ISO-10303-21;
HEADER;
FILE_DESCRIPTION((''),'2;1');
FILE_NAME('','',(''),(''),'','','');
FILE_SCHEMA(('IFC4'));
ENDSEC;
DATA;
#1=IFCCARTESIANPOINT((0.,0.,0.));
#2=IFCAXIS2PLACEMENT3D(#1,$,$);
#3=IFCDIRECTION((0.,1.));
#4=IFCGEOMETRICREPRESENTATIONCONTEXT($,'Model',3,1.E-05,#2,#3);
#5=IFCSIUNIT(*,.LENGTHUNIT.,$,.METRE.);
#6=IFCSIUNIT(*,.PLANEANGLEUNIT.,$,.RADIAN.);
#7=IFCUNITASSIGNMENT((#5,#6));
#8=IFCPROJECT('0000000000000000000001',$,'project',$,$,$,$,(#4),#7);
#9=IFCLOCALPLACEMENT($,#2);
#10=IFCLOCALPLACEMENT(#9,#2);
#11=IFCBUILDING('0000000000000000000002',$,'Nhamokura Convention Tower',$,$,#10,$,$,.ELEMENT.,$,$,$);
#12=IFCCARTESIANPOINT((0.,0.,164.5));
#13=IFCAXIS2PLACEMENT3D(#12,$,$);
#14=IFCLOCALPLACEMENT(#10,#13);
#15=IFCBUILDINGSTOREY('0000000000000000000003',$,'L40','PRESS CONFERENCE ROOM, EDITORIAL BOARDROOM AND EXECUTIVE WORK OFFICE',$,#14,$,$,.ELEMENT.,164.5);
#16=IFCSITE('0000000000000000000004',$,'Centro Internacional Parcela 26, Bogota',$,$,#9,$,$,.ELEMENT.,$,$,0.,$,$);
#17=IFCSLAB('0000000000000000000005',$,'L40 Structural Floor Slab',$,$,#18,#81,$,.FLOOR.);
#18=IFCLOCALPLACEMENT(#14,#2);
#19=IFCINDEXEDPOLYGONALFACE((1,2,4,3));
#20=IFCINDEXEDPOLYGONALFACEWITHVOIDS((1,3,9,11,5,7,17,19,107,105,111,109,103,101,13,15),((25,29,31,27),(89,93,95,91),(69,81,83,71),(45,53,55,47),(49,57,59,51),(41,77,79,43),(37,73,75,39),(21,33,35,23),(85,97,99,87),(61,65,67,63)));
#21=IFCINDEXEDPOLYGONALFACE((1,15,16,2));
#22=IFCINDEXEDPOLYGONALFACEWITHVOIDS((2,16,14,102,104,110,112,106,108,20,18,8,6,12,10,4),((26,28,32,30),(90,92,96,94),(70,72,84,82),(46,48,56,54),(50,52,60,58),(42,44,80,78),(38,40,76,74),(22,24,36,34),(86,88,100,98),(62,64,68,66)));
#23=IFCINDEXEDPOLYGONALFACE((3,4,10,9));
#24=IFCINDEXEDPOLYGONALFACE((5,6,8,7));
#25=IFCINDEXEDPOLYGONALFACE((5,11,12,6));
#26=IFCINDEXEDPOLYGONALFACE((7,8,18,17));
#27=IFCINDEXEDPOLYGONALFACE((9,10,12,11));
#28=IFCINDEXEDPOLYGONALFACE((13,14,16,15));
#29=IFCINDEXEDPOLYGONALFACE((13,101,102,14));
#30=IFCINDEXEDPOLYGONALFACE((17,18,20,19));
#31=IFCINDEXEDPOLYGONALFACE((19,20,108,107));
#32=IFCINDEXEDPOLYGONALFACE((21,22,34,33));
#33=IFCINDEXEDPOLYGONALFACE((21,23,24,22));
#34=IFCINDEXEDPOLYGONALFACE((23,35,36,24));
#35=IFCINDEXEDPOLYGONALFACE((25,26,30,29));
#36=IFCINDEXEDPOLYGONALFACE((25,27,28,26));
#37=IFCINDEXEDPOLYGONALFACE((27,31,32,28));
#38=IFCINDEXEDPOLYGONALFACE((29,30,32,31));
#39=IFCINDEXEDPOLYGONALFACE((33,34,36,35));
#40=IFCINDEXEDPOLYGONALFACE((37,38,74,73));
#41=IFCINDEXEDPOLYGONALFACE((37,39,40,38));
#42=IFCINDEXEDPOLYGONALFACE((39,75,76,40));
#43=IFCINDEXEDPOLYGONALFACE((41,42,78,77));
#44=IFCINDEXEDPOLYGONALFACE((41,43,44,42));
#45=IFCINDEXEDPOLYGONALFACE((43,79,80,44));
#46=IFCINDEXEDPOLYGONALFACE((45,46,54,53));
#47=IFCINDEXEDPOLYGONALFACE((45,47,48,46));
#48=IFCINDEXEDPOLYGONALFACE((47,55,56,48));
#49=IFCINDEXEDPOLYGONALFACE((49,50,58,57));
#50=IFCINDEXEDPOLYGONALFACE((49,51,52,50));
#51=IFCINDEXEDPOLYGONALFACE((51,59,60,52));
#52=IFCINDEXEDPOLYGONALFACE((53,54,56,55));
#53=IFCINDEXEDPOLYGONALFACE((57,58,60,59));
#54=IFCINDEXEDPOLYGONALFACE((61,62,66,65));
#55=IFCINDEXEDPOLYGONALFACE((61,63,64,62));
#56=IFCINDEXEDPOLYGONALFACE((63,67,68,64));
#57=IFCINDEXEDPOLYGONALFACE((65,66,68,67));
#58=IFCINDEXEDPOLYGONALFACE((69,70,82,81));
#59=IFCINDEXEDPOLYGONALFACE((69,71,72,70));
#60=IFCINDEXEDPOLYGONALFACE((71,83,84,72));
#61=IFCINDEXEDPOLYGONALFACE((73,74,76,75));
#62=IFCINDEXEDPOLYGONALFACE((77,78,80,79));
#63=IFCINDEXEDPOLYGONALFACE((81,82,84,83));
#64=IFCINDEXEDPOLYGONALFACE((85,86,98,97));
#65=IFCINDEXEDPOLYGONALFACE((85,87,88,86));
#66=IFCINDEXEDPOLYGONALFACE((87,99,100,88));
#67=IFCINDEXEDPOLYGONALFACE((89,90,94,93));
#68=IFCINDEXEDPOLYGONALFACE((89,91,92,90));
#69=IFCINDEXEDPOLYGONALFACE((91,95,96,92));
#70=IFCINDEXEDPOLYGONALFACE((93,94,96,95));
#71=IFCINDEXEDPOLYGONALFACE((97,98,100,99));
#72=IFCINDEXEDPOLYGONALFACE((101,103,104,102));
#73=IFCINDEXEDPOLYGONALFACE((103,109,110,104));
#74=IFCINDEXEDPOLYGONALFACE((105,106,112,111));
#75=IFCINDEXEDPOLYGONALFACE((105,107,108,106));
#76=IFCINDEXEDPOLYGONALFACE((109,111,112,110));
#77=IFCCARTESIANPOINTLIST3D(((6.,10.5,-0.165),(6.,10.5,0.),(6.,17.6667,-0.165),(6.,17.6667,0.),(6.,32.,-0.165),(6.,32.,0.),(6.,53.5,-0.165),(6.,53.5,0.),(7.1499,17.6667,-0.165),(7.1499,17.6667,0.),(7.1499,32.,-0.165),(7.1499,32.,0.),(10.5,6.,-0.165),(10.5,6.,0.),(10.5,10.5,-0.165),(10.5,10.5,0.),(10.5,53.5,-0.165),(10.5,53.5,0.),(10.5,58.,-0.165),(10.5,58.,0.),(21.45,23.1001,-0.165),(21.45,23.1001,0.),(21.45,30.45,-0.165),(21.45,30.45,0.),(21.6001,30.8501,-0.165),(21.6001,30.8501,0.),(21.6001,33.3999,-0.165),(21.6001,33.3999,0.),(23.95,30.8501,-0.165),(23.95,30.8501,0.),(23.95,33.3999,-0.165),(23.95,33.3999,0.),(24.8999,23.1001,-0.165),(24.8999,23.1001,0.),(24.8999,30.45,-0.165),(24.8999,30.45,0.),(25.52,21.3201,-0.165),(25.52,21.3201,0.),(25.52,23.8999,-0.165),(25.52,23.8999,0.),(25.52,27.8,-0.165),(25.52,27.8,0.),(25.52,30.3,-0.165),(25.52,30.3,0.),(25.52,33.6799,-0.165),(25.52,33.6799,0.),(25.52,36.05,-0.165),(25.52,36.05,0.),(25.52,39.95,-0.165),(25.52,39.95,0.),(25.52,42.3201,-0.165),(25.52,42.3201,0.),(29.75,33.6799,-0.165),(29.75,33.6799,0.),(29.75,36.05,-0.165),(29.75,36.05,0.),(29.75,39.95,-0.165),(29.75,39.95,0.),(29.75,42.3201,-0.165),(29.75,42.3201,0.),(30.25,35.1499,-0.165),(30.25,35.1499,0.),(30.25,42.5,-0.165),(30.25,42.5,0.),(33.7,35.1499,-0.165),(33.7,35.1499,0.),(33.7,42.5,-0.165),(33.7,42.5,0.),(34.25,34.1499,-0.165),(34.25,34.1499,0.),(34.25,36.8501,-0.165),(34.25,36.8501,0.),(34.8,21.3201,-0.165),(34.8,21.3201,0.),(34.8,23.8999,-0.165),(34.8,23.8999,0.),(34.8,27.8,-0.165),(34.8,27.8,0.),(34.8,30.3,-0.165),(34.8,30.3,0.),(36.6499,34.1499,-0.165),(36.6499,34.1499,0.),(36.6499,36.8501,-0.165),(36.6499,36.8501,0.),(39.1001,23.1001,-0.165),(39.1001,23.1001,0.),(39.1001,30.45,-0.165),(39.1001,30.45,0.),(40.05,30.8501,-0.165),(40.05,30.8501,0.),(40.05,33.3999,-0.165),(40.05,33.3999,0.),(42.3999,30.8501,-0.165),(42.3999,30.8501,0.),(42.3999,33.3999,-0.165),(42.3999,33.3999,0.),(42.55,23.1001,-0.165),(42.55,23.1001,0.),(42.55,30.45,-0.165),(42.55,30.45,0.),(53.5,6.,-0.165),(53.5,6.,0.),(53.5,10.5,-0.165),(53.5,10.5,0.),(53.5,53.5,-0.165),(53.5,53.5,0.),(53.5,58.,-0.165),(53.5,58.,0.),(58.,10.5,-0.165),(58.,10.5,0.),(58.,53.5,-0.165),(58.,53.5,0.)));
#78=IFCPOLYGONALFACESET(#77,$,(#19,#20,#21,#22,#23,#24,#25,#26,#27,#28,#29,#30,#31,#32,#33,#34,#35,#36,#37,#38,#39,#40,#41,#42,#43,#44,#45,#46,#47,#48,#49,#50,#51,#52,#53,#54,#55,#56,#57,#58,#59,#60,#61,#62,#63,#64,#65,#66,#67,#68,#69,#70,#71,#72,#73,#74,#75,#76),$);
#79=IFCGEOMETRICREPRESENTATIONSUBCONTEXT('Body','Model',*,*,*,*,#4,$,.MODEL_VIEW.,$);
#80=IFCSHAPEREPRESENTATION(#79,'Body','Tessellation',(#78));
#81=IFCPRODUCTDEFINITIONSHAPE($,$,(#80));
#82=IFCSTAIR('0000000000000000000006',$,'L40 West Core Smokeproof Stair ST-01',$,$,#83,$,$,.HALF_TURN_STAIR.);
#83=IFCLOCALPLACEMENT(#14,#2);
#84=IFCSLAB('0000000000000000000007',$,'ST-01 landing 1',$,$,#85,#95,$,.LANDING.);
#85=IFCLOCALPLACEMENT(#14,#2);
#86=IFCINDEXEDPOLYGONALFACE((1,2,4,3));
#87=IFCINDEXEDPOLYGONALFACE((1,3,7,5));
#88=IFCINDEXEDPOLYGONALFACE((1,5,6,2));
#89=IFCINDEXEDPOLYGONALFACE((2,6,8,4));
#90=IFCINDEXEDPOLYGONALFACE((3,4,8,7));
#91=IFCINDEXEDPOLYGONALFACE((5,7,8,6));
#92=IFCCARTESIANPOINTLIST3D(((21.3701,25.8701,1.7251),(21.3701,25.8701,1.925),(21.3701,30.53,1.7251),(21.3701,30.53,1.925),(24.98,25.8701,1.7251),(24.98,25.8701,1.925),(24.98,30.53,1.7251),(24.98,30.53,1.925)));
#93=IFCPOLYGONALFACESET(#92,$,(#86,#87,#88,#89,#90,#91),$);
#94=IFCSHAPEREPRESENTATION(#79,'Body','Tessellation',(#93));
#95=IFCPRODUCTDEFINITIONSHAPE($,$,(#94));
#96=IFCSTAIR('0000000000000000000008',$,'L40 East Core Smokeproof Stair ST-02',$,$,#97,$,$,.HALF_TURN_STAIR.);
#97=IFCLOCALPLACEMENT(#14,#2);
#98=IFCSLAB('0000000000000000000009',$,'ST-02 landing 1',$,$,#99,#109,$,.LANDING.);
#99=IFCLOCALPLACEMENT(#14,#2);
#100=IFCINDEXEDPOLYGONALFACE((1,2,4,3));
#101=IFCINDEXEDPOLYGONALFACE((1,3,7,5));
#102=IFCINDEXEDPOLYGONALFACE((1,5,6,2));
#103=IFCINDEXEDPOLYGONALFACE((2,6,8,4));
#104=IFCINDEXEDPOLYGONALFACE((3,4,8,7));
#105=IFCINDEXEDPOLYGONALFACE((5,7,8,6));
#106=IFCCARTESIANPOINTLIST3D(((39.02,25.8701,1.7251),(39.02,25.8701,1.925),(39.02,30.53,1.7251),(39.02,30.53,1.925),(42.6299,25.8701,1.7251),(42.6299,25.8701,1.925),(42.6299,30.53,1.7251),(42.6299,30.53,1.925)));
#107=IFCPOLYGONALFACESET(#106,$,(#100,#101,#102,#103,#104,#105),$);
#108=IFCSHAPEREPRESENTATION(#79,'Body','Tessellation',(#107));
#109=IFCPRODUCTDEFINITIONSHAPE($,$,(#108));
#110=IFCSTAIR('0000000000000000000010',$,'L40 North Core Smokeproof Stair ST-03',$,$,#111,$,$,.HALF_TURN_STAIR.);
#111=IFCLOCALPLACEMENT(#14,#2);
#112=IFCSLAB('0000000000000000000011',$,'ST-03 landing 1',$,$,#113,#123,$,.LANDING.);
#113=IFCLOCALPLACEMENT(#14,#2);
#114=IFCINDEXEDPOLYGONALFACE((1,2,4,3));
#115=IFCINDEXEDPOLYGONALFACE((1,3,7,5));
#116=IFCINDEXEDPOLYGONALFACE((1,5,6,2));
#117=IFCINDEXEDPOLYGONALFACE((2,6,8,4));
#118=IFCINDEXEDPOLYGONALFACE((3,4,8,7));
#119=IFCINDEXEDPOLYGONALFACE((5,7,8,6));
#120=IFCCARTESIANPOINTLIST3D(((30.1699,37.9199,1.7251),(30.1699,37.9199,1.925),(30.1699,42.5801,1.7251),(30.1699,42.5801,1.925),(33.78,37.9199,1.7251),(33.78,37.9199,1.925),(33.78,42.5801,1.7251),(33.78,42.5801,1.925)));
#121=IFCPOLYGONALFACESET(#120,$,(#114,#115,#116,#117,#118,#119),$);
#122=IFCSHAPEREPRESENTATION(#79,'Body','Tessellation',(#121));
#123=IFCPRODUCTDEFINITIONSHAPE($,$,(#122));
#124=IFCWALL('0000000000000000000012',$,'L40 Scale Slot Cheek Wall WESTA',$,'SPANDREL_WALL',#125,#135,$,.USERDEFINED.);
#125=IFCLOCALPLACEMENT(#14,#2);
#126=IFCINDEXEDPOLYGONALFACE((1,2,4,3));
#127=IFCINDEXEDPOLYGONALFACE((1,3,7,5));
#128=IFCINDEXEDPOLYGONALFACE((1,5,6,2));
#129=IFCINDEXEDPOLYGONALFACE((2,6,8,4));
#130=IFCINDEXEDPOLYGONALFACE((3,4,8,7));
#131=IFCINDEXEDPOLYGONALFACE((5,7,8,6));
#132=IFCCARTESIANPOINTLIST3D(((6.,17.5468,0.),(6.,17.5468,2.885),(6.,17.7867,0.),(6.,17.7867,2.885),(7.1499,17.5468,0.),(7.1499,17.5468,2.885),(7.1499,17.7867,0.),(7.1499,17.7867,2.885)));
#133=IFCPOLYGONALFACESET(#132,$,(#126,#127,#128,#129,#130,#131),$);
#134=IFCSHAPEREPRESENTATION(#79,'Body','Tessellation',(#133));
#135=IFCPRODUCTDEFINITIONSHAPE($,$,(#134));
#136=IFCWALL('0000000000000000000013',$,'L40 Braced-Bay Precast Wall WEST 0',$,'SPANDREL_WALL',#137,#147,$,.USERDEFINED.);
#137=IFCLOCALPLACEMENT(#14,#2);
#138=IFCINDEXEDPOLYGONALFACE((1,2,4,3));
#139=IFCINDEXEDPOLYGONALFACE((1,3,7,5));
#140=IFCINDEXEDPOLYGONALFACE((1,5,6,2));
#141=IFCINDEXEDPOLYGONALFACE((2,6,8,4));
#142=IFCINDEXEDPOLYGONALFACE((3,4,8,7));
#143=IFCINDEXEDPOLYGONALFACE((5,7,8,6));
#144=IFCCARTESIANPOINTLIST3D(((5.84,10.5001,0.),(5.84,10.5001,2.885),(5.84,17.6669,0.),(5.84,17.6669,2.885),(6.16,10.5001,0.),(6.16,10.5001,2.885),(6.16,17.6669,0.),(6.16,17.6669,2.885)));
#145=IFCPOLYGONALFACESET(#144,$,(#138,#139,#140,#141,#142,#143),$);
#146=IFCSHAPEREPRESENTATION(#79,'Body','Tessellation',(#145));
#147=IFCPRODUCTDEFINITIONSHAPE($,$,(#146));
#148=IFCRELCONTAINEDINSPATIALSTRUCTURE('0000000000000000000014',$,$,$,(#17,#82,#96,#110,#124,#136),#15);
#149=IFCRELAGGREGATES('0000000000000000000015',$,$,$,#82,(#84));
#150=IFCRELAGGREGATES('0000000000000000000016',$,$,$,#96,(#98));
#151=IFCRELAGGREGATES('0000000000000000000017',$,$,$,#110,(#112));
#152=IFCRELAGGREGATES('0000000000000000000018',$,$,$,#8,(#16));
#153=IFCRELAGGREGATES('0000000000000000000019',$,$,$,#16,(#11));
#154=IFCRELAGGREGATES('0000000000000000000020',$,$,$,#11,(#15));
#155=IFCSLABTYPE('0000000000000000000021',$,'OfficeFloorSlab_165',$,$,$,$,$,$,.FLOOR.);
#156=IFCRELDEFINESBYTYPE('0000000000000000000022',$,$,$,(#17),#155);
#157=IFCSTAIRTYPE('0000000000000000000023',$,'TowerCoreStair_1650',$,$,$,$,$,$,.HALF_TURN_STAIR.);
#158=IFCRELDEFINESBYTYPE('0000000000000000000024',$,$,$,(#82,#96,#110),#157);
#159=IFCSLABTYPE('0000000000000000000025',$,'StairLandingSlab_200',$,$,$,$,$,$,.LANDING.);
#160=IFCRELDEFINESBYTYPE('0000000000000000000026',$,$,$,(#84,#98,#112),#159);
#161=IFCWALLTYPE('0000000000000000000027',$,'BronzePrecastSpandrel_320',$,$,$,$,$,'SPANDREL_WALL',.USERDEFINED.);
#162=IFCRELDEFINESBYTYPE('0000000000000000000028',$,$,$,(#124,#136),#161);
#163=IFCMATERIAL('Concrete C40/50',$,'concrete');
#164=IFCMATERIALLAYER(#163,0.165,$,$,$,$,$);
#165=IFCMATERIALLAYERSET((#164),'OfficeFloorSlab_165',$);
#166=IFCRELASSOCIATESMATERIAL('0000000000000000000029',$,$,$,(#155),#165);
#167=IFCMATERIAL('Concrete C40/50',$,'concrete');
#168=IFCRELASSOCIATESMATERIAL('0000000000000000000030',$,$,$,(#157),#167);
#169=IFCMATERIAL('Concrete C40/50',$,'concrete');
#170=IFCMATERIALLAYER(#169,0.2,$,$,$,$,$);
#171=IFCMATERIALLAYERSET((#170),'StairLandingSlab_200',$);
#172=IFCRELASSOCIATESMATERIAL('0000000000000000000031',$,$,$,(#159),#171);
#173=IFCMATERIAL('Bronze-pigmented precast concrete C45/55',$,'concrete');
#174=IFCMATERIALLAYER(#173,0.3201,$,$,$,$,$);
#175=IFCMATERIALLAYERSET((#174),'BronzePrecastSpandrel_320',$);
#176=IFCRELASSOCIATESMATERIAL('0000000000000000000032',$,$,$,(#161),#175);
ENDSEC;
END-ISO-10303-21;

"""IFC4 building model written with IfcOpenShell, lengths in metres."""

from ifc_helpers import new_model, si_unit, direction, frame, frame_2d, origin, place, context, subcontext, project, spatial, polyline, rectangle, outline, extrude, material, layer, layer_set, type_object, element, aggregate, save


model = new_model("IFC4")

# Units and contexts
model_context = context("Model", 3, precision=1e-05, world=origin(), true_north=direction((0.0, 1.0)))
body_context = subcontext(model_context, "Body", "Model", "MODEL_VIEW")
ifc_project = project(units=[si_unit("LENGTHUNIT", "METRE"), si_unit("PLANEANGLEUNIT", "RADIAN")], contexts=[model_context])

# Site, building, storey
site_placement = place(None, origin())
site = spatial("IfcSite", under=ifc_project, at=site_placement, Name="Centro Internacional Parcela 26, Bogota", CompositionType="ELEMENT", RefElevation=0.0)
building_placement = place(site_placement, origin())
building = spatial("IfcBuilding", under=site, at=building_placement, Name="Nhamokura Convention Tower", CompositionType="ELEMENT")
storey_placement = place(building_placement, frame((0.0, 0.0, 164.5)))
storey = spatial("IfcBuildingStorey", under=building, at=storey_placement, Name="L40", Description="PRESS CONFERENCE ROOM, EDITORIAL BOARDROOM AND EXECUTIVE WORK OFFICE", CompositionType="ELEMENT", Elevation=164.5)

# Slab
ifc_material_1 = material(Name="Concrete C40/50", Category="concrete")
ifc_layer_1 = layer(ifc_material_1, 0.165)
ifc_layer_set_1 = layer_set([ifc_layer_1], Name="OfficeFloorSlab_165")
slab_type_1 = type_object("IfcSlabType", Name="OfficeFloorSlab_165", PredefinedType="FLOOR", material=ifc_layer_set_1)
slab_1_placement = place(storey_placement, frame((0.0, 0.0, -0.165)))
element("IfcSlab", 1, at=slab_1_placement, inside=storey, type_object=slab_type_1, Name="L40 Structural Floor Slab", PredefinedType="FLOOR", context=body_context, shape_type="SweptSolid", body=[
    extrude(outline(polyline([(10.5, 6.0), (53.5, 6.0), (53.5, 10.5), (58.0, 10.5), (58.0, 53.5), (53.5, 53.5), (53.5, 58.0), (10.5, 58.0), (10.5, 53.5), (6.0, 53.5), (6.0, 32.0), (7.1499, 32.0), (7.1499, 17.6667), (6.0, 17.6667), (6.0, 10.5), (10.5, 10.5), (10.5, 6.0)]), holes=[polyline([(24.8999, 23.1001), (24.8999, 30.45), (21.45, 30.45), (21.45, 23.1001), (24.8999, 23.1001)]), polyline([(42.55, 23.1001), (42.55, 30.45), (39.1001, 30.45), (39.1001, 23.1001), (42.55, 23.1001)]), polyline([(33.7, 35.1499), (33.7, 42.5), (30.25, 42.5), (30.25, 35.1499), (33.7, 35.1499)]), polyline([(21.6001, 30.8501), (23.95, 30.8501), (23.95, 33.3999), (21.6001, 33.3999), (21.6001, 30.8501)]), polyline([(40.05, 30.8501), (42.3999, 30.8501), (42.3999, 33.3999), (40.05, 33.3999), (40.05, 30.8501)]), polyline([(34.25, 34.1499), (36.6499, 34.1499), (36.6499, 36.8501), (34.25, 36.8501), (34.25, 34.1499)]), polyline([(25.52, 21.3201), (34.8, 21.3201), (34.8, 23.8999), (25.52, 23.8999), (25.52, 21.3201)]), polyline([(25.52, 27.8), (34.8, 27.8), (34.8, 30.3), (25.52, 30.3), (25.52, 27.8)]), polyline([(25.52, 33.6799), (29.75, 33.6799), (29.75, 36.05), (25.52, 36.05), (25.52, 33.6799)]), polyline([(25.52, 39.95), (29.75, 39.95), (29.75, 42.3201), (25.52, 42.3201), (25.52, 39.95)])]), origin(), (0.0, 0.0, 1.0), 0.165),
])

# Stairs, slabs
ifc_material_2 = material(Name="Concrete C40/50", Category="concrete")
stair_type = type_object("IfcStairType", Name="TowerCoreStair_1650", PredefinedType="HALF_TURN_STAIR", material=ifc_material_2)
stair_1_placement = place(storey_placement, origin())
stair_1 = element("IfcStair", 2, at=stair_1_placement, inside=storey, type_object=stair_type, Name="L40 West Core Smokeproof Stair ST-01", PredefinedType="HALF_TURN_STAIR")
ifc_material_3 = material(Name="Concrete C40/50", Category="concrete")
ifc_layer_2 = layer(ifc_material_3, 0.2)
ifc_layer_set_2 = layer_set([ifc_layer_2], Name="StairLandingSlab_200")
slab_type_2 = type_object("IfcSlabType", Name="StairLandingSlab_200", PredefinedType="LANDING", material=ifc_layer_set_2)
slab_2_placement = place(storey_placement, frame((0.0, 0.0, 1.7251)))
slab_2 = element("IfcSlab", 3, at=slab_2_placement, type_object=slab_type_2, Name="ST-01 landing 1", PredefinedType="LANDING", context=body_context, shape_type="SweptSolid", body=[
    extrude(outline(polyline([(24.98, 25.8701), (24.98, 30.53), (21.3701, 30.53), (21.3701, 25.8701), (24.98, 25.8701)])), origin(), (0.0, 0.0, 1.0), 0.2),
])
aggregate(stair_1, [slab_2])
stair_2_placement = place(storey_placement, origin())
stair_2 = element("IfcStair", 4, at=stair_2_placement, inside=storey, type_object=stair_type, Name="L40 East Core Smokeproof Stair ST-02", PredefinedType="HALF_TURN_STAIR")
slab_3_placement = place(storey_placement, frame((0.0, 0.0, 1.7251)))
slab_3 = element("IfcSlab", 5, at=slab_3_placement, type_object=slab_type_2, Name="ST-02 landing 1", PredefinedType="LANDING", context=body_context, shape_type="SweptSolid", body=[
    extrude(outline(polyline([(42.6299, 25.8701), (42.6299, 30.53), (39.02, 30.53), (39.02, 25.8701), (42.6299, 25.8701)])), origin(), (0.0, 0.0, 1.0), 0.2),
])
aggregate(stair_2, [slab_3])
stair_3_placement = place(storey_placement, origin())
stair_3 = element("IfcStair", 6, at=stair_3_placement, inside=storey, type_object=stair_type, Name="L40 North Core Smokeproof Stair ST-03", PredefinedType="HALF_TURN_STAIR")
slab_4_placement = place(storey_placement, frame((0.0, 0.0, 1.7251)))
slab_4 = element("IfcSlab", 7, at=slab_4_placement, type_object=slab_type_2, Name="ST-03 landing 1", PredefinedType="LANDING", context=body_context, shape_type="SweptSolid", body=[
    extrude(outline(polyline([(33.78, 37.9199), (33.78, 42.5801), (30.1699, 42.5801), (30.1699, 37.9199), (33.78, 37.9199)])), origin(), (0.0, 0.0, 1.0), 0.2),
])
aggregate(stair_3, [slab_4])

# Walls
ifc_material_4 = material(Name="Bronze-pigmented precast concrete C45/55", Category="concrete")
ifc_layer_3 = layer(ifc_material_4, 0.3201)
ifc_layer_set_3 = layer_set([ifc_layer_3], Name="BronzePrecastSpandrel_320")
wall_type = type_object("IfcWallType", Name="BronzePrecastSpandrel_320", ElementType="SPANDREL_WALL", PredefinedType="USERDEFINED", material=ifc_layer_set_3)
wall_1_placement = place(storey_placement, frame((6.0, 17.6667, 0.0), z_axis=(0.0, 0.0, 1.0), x_axis=(1.0, 0.0, 0.0)))
element("IfcWall", 8, at=wall_1_placement, inside=storey, type_object=wall_type, Name="L40 Scale Slot Cheek Wall WESTA", ObjectType="SPANDREL_WALL", PredefinedType="USERDEFINED", context=body_context, shape_type="SweptSolid", body=[
    extrude(rectangle(XDim=1.1499, YDim=0.24, at=frame_2d((0.575, 0.0))), origin(), (0.0, 0.0, 1.0), 2.885),
])
wall_2_placement = place(storey_placement, frame((6.0, 10.5, 0.0), z_axis=(0.0, 0.0, 1.0), x_axis=(0.0, 1.0, 0.0)))
element("IfcWall", 9, at=wall_2_placement, inside=storey, type_object=wall_type, Name="L40 Braced-Bay Precast Wall WEST 0", ObjectType="SPANDREL_WALL", PredefinedType="USERDEFINED", context=body_context, shape_type="SweptSolid", body=[
    extrude(rectangle(XDim=7.1667, YDim=0.3201, at=frame_2d((3.5835, 0.0))), origin(), (0.0, 0.0, 1.0), 2.885),
])

save(model, "model.ifc")
